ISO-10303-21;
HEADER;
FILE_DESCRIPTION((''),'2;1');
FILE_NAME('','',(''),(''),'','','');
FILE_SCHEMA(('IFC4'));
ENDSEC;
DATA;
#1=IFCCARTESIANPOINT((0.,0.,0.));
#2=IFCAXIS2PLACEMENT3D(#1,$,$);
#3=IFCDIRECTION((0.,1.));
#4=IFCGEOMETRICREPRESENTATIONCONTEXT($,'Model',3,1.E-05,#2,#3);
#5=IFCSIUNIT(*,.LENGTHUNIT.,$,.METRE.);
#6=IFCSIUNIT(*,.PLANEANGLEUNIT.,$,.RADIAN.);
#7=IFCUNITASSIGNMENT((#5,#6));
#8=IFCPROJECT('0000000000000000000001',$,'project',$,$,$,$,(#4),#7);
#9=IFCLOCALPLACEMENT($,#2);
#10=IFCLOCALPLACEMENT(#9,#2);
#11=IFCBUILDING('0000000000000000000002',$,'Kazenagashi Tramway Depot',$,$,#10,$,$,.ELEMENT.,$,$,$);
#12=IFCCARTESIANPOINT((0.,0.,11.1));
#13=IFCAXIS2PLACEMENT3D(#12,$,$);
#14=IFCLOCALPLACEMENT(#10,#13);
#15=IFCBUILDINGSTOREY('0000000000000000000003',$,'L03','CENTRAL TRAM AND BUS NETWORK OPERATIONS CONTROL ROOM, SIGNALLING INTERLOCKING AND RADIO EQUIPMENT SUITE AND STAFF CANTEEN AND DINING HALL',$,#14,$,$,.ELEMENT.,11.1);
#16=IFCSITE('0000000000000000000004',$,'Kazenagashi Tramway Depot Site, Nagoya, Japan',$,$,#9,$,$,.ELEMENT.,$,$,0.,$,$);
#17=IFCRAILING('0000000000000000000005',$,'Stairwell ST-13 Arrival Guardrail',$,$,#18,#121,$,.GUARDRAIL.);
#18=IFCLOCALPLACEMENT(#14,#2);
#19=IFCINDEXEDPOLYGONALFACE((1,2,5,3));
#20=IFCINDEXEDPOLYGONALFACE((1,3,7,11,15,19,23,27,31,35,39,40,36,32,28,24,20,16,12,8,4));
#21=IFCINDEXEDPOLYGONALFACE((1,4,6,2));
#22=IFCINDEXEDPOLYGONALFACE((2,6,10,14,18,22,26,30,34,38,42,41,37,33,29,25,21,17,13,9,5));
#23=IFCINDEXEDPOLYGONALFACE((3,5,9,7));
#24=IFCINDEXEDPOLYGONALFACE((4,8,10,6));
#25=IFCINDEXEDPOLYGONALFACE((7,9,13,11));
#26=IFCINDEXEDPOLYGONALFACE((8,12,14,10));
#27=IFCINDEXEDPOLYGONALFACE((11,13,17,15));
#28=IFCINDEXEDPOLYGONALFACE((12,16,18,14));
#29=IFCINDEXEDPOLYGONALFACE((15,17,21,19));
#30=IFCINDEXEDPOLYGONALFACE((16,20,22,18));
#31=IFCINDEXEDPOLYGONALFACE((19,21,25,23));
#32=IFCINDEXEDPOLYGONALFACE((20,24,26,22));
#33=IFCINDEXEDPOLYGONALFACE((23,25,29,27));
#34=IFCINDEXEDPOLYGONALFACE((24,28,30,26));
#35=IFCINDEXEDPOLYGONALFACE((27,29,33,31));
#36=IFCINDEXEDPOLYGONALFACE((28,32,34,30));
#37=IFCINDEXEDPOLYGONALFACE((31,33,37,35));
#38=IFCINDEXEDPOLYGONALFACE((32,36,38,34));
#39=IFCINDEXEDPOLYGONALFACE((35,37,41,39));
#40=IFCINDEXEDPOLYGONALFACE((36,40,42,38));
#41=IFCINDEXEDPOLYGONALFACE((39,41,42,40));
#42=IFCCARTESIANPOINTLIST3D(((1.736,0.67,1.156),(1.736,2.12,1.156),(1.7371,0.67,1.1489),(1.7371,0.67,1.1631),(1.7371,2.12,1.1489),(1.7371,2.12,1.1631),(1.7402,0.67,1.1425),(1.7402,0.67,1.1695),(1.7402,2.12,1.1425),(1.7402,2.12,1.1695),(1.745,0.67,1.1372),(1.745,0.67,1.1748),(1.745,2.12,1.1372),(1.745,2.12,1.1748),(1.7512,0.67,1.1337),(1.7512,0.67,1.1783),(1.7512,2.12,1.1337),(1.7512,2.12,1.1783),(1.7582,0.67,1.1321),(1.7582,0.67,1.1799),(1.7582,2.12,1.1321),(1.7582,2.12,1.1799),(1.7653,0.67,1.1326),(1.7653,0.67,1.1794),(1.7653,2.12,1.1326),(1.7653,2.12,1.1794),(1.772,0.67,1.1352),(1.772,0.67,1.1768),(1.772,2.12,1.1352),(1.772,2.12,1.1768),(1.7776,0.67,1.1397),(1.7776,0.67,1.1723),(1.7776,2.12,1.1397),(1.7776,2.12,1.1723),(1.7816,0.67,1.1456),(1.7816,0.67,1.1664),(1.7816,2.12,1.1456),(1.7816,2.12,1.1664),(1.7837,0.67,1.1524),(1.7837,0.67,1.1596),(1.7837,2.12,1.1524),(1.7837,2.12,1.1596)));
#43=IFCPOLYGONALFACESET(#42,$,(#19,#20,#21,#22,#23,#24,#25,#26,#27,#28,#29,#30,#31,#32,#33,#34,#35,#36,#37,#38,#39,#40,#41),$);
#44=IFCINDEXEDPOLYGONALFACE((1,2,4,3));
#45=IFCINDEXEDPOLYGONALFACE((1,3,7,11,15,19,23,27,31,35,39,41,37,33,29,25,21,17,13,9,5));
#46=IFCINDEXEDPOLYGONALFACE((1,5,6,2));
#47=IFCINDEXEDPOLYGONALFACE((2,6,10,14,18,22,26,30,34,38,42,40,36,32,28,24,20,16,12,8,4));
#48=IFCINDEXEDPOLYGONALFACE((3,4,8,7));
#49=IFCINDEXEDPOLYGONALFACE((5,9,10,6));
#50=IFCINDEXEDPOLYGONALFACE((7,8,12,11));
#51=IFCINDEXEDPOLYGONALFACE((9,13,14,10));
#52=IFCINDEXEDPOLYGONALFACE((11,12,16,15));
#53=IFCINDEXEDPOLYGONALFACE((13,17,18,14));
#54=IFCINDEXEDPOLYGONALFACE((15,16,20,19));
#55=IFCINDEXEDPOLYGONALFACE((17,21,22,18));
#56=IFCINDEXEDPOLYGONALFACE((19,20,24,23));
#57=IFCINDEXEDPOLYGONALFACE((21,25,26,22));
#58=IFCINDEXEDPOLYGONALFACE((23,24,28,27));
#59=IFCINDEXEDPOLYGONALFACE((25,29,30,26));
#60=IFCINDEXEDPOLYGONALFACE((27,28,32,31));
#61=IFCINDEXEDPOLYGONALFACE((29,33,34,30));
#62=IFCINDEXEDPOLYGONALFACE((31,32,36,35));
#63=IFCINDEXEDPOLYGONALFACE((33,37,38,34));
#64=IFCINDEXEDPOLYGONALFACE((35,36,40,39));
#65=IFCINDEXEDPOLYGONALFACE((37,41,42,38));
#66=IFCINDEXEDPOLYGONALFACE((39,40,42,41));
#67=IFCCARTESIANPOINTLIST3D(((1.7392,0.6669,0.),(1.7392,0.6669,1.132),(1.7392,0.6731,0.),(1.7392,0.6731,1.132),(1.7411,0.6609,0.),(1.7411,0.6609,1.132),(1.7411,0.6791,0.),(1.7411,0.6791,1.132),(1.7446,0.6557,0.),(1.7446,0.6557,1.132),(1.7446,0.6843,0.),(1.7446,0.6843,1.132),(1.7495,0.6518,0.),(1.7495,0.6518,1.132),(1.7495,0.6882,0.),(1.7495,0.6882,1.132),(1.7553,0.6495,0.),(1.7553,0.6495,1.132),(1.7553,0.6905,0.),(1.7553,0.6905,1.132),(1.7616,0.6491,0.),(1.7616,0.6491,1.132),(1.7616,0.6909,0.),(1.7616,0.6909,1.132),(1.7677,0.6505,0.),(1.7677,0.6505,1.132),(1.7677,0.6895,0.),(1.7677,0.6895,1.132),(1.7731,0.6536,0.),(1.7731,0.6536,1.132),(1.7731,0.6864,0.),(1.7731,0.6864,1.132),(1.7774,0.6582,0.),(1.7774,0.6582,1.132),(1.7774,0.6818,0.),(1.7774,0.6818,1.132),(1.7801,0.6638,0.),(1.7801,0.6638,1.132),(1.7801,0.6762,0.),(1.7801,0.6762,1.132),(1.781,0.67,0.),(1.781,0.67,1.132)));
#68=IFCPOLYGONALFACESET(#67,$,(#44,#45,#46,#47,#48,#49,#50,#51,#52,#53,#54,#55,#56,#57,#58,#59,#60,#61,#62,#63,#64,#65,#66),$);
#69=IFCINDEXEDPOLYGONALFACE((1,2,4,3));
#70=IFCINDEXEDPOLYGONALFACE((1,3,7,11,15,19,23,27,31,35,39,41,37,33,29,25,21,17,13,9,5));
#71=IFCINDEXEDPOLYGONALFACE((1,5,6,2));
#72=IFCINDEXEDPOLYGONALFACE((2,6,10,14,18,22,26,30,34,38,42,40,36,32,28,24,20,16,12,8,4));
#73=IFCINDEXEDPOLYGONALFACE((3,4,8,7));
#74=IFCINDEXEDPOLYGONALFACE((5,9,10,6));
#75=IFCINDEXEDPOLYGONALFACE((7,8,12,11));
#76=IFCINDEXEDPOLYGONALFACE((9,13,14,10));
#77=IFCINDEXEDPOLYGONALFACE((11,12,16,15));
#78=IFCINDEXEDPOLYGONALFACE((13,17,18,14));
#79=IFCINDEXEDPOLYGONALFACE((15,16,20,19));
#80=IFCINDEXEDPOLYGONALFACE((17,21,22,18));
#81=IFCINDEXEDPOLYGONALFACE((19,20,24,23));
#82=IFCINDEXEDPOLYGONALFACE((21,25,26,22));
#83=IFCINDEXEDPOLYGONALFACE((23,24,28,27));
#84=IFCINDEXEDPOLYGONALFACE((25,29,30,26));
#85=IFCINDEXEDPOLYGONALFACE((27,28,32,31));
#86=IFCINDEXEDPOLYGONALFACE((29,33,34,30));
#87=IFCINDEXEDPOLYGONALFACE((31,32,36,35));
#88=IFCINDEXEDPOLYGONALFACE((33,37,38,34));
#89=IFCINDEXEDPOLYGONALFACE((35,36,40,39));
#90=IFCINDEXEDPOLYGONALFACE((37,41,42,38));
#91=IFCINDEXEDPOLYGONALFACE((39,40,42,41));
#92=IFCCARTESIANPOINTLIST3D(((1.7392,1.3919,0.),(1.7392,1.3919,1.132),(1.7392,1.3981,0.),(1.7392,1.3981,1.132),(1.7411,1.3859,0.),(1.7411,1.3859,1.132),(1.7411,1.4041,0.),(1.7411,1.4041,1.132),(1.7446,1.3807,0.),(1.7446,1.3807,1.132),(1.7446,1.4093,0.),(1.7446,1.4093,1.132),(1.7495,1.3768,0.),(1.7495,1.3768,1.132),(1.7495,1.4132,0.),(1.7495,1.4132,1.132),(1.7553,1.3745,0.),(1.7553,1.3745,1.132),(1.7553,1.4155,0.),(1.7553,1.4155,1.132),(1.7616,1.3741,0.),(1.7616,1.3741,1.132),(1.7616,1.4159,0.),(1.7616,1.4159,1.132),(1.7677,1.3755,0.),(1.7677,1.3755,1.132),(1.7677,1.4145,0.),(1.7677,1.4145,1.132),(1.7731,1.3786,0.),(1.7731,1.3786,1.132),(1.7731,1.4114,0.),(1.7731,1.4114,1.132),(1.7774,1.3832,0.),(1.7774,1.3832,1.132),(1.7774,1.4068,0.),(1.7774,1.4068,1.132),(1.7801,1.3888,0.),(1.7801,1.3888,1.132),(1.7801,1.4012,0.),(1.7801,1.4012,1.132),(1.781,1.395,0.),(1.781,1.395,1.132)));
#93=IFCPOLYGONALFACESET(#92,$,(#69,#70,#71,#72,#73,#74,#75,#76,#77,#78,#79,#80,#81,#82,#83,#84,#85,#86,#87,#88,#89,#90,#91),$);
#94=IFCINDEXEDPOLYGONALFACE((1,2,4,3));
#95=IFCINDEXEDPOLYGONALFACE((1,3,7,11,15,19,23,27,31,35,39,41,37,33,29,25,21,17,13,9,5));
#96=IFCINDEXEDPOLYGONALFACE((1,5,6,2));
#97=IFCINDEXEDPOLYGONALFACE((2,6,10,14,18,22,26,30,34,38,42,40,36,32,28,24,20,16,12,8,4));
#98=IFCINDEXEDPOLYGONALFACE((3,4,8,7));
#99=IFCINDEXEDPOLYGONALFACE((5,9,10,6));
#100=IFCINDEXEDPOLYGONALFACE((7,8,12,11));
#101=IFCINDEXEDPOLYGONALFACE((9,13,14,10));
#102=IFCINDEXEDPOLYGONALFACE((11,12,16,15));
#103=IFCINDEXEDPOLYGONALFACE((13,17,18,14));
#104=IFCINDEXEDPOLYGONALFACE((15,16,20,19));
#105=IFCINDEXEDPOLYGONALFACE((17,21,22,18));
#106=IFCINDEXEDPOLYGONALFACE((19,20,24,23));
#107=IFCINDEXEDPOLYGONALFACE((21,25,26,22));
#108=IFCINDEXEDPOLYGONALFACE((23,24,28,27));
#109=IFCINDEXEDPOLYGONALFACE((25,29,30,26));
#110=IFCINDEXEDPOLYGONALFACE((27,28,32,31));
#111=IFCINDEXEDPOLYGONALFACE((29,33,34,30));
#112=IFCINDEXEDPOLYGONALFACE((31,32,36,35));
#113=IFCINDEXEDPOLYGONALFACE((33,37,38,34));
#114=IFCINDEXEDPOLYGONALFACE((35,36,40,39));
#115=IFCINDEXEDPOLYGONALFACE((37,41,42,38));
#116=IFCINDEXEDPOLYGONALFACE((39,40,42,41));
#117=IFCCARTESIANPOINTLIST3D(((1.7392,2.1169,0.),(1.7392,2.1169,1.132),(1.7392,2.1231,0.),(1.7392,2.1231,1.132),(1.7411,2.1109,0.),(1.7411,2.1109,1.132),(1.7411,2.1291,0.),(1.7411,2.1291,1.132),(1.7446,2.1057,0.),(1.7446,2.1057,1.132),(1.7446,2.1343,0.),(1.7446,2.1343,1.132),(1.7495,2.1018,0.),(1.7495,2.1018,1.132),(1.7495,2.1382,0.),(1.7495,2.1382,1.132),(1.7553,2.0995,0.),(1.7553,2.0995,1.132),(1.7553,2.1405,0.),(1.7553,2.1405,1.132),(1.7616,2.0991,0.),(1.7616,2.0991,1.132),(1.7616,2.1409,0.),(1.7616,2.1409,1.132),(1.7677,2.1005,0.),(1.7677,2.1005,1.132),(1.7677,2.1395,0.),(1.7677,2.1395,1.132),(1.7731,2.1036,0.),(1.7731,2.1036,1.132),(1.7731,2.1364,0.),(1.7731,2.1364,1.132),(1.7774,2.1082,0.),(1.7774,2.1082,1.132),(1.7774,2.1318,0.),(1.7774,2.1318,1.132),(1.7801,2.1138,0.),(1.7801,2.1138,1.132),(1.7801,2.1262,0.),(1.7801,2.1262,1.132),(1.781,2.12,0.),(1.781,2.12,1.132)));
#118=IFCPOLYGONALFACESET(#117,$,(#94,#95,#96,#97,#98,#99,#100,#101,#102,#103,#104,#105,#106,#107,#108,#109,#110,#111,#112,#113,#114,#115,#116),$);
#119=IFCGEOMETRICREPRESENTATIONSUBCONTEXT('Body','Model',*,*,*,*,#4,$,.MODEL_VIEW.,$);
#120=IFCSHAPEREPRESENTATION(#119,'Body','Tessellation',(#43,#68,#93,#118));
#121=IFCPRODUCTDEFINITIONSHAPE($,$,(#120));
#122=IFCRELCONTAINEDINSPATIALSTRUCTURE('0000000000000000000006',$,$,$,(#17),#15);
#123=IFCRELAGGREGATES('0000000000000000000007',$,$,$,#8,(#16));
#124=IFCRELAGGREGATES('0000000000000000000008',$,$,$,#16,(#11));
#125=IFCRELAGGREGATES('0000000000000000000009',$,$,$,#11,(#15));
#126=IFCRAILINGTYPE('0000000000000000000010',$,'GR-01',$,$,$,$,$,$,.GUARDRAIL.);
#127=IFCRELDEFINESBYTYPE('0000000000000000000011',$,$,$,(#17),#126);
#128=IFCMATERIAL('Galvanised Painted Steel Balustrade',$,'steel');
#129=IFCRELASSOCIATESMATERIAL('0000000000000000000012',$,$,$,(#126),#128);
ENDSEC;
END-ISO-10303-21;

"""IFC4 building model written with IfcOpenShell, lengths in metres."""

from ifc_helpers import new_model, si_unit, direction, frame, origin, origin_2d, place, context, subcontext, project, spatial, circle, extrude, material, type_object, element, save


model = new_model("IFC4")

# Units and contexts
model_context = context("Model", 3, precision=1e-05, world=origin(), true_north=direction((0.0, 1.0)))
body_context = subcontext(model_context, "Body", "Model", "MODEL_VIEW")
ifc_project = project(units=[si_unit("LENGTHUNIT", "METRE"), si_unit("PLANEANGLEUNIT", "RADIAN")], contexts=[model_context])

# Site, building, storey
site_placement = place(None, origin())
site = spatial("IfcSite", under=ifc_project, at=site_placement, Name="Kazenagashi Tramway Depot Site, Nagoya, Japan", CompositionType="ELEMENT", RefElevation=0.0)
building_placement = place(site_placement, origin())
building = spatial("IfcBuilding", under=site, at=building_placement, Name="Kazenagashi Tramway Depot", CompositionType="ELEMENT")
storey_placement = place(building_placement, frame((0.0, 0.0, 11.1)))
storey = spatial("IfcBuildingStorey", under=building, at=storey_placement, Name="L03", Description="CENTRAL TRAM AND BUS NETWORK OPERATIONS CONTROL ROOM, SIGNALLING INTERLOCKING AND RADIO EQUIPMENT SUITE AND STAFF CANTEEN AND DINING HALL", CompositionType="ELEMENT", Elevation=11.1)

# Railing
ifc_material_1 = material(Name="Galvanised Painted Steel Balustrade", Category="steel")
railing_type_1 = type_object("IfcRailingType", Name="GR-01", PredefinedType="GUARDRAIL", material=ifc_material_1)
railing_1_placement = place(storey_placement, frame((1.76, 0.67, 0.0)))
element("IfcRailing", 1, at=railing_1_placement, inside=storey, type_object=railing_type_1, Name="Stairwell ST-13 Arrival Guardrail", PredefinedType="GUARDRAIL", context=body_context, shape_type="SweptSolid", body=[
    extrude(circle(Radius=0.024, at=origin_2d()), frame((0.0, 0.0, 1.156), z_axis=(0.0, 1.0, 0.0), x_axis=(-1.0, 0.0, 0.0)), (0.0, 0.0, 1.0), 1.45),
    extrude(circle(Radius=0.021, at=origin_2d()), origin(), (0.0, 0.0, 1.0), 1.132),
    extrude(circle(Radius=0.021, at=origin_2d()), frame((0.0, 0.725, 0.0)), (0.0, 0.0, 1.0), 1.132),
    extrude(circle(Radius=0.021, at=origin_2d()), frame((0.0, 1.45, 0.0)), (0.0, 0.0, 1.0), 1.132),
])

save(model, "model.ifc")
